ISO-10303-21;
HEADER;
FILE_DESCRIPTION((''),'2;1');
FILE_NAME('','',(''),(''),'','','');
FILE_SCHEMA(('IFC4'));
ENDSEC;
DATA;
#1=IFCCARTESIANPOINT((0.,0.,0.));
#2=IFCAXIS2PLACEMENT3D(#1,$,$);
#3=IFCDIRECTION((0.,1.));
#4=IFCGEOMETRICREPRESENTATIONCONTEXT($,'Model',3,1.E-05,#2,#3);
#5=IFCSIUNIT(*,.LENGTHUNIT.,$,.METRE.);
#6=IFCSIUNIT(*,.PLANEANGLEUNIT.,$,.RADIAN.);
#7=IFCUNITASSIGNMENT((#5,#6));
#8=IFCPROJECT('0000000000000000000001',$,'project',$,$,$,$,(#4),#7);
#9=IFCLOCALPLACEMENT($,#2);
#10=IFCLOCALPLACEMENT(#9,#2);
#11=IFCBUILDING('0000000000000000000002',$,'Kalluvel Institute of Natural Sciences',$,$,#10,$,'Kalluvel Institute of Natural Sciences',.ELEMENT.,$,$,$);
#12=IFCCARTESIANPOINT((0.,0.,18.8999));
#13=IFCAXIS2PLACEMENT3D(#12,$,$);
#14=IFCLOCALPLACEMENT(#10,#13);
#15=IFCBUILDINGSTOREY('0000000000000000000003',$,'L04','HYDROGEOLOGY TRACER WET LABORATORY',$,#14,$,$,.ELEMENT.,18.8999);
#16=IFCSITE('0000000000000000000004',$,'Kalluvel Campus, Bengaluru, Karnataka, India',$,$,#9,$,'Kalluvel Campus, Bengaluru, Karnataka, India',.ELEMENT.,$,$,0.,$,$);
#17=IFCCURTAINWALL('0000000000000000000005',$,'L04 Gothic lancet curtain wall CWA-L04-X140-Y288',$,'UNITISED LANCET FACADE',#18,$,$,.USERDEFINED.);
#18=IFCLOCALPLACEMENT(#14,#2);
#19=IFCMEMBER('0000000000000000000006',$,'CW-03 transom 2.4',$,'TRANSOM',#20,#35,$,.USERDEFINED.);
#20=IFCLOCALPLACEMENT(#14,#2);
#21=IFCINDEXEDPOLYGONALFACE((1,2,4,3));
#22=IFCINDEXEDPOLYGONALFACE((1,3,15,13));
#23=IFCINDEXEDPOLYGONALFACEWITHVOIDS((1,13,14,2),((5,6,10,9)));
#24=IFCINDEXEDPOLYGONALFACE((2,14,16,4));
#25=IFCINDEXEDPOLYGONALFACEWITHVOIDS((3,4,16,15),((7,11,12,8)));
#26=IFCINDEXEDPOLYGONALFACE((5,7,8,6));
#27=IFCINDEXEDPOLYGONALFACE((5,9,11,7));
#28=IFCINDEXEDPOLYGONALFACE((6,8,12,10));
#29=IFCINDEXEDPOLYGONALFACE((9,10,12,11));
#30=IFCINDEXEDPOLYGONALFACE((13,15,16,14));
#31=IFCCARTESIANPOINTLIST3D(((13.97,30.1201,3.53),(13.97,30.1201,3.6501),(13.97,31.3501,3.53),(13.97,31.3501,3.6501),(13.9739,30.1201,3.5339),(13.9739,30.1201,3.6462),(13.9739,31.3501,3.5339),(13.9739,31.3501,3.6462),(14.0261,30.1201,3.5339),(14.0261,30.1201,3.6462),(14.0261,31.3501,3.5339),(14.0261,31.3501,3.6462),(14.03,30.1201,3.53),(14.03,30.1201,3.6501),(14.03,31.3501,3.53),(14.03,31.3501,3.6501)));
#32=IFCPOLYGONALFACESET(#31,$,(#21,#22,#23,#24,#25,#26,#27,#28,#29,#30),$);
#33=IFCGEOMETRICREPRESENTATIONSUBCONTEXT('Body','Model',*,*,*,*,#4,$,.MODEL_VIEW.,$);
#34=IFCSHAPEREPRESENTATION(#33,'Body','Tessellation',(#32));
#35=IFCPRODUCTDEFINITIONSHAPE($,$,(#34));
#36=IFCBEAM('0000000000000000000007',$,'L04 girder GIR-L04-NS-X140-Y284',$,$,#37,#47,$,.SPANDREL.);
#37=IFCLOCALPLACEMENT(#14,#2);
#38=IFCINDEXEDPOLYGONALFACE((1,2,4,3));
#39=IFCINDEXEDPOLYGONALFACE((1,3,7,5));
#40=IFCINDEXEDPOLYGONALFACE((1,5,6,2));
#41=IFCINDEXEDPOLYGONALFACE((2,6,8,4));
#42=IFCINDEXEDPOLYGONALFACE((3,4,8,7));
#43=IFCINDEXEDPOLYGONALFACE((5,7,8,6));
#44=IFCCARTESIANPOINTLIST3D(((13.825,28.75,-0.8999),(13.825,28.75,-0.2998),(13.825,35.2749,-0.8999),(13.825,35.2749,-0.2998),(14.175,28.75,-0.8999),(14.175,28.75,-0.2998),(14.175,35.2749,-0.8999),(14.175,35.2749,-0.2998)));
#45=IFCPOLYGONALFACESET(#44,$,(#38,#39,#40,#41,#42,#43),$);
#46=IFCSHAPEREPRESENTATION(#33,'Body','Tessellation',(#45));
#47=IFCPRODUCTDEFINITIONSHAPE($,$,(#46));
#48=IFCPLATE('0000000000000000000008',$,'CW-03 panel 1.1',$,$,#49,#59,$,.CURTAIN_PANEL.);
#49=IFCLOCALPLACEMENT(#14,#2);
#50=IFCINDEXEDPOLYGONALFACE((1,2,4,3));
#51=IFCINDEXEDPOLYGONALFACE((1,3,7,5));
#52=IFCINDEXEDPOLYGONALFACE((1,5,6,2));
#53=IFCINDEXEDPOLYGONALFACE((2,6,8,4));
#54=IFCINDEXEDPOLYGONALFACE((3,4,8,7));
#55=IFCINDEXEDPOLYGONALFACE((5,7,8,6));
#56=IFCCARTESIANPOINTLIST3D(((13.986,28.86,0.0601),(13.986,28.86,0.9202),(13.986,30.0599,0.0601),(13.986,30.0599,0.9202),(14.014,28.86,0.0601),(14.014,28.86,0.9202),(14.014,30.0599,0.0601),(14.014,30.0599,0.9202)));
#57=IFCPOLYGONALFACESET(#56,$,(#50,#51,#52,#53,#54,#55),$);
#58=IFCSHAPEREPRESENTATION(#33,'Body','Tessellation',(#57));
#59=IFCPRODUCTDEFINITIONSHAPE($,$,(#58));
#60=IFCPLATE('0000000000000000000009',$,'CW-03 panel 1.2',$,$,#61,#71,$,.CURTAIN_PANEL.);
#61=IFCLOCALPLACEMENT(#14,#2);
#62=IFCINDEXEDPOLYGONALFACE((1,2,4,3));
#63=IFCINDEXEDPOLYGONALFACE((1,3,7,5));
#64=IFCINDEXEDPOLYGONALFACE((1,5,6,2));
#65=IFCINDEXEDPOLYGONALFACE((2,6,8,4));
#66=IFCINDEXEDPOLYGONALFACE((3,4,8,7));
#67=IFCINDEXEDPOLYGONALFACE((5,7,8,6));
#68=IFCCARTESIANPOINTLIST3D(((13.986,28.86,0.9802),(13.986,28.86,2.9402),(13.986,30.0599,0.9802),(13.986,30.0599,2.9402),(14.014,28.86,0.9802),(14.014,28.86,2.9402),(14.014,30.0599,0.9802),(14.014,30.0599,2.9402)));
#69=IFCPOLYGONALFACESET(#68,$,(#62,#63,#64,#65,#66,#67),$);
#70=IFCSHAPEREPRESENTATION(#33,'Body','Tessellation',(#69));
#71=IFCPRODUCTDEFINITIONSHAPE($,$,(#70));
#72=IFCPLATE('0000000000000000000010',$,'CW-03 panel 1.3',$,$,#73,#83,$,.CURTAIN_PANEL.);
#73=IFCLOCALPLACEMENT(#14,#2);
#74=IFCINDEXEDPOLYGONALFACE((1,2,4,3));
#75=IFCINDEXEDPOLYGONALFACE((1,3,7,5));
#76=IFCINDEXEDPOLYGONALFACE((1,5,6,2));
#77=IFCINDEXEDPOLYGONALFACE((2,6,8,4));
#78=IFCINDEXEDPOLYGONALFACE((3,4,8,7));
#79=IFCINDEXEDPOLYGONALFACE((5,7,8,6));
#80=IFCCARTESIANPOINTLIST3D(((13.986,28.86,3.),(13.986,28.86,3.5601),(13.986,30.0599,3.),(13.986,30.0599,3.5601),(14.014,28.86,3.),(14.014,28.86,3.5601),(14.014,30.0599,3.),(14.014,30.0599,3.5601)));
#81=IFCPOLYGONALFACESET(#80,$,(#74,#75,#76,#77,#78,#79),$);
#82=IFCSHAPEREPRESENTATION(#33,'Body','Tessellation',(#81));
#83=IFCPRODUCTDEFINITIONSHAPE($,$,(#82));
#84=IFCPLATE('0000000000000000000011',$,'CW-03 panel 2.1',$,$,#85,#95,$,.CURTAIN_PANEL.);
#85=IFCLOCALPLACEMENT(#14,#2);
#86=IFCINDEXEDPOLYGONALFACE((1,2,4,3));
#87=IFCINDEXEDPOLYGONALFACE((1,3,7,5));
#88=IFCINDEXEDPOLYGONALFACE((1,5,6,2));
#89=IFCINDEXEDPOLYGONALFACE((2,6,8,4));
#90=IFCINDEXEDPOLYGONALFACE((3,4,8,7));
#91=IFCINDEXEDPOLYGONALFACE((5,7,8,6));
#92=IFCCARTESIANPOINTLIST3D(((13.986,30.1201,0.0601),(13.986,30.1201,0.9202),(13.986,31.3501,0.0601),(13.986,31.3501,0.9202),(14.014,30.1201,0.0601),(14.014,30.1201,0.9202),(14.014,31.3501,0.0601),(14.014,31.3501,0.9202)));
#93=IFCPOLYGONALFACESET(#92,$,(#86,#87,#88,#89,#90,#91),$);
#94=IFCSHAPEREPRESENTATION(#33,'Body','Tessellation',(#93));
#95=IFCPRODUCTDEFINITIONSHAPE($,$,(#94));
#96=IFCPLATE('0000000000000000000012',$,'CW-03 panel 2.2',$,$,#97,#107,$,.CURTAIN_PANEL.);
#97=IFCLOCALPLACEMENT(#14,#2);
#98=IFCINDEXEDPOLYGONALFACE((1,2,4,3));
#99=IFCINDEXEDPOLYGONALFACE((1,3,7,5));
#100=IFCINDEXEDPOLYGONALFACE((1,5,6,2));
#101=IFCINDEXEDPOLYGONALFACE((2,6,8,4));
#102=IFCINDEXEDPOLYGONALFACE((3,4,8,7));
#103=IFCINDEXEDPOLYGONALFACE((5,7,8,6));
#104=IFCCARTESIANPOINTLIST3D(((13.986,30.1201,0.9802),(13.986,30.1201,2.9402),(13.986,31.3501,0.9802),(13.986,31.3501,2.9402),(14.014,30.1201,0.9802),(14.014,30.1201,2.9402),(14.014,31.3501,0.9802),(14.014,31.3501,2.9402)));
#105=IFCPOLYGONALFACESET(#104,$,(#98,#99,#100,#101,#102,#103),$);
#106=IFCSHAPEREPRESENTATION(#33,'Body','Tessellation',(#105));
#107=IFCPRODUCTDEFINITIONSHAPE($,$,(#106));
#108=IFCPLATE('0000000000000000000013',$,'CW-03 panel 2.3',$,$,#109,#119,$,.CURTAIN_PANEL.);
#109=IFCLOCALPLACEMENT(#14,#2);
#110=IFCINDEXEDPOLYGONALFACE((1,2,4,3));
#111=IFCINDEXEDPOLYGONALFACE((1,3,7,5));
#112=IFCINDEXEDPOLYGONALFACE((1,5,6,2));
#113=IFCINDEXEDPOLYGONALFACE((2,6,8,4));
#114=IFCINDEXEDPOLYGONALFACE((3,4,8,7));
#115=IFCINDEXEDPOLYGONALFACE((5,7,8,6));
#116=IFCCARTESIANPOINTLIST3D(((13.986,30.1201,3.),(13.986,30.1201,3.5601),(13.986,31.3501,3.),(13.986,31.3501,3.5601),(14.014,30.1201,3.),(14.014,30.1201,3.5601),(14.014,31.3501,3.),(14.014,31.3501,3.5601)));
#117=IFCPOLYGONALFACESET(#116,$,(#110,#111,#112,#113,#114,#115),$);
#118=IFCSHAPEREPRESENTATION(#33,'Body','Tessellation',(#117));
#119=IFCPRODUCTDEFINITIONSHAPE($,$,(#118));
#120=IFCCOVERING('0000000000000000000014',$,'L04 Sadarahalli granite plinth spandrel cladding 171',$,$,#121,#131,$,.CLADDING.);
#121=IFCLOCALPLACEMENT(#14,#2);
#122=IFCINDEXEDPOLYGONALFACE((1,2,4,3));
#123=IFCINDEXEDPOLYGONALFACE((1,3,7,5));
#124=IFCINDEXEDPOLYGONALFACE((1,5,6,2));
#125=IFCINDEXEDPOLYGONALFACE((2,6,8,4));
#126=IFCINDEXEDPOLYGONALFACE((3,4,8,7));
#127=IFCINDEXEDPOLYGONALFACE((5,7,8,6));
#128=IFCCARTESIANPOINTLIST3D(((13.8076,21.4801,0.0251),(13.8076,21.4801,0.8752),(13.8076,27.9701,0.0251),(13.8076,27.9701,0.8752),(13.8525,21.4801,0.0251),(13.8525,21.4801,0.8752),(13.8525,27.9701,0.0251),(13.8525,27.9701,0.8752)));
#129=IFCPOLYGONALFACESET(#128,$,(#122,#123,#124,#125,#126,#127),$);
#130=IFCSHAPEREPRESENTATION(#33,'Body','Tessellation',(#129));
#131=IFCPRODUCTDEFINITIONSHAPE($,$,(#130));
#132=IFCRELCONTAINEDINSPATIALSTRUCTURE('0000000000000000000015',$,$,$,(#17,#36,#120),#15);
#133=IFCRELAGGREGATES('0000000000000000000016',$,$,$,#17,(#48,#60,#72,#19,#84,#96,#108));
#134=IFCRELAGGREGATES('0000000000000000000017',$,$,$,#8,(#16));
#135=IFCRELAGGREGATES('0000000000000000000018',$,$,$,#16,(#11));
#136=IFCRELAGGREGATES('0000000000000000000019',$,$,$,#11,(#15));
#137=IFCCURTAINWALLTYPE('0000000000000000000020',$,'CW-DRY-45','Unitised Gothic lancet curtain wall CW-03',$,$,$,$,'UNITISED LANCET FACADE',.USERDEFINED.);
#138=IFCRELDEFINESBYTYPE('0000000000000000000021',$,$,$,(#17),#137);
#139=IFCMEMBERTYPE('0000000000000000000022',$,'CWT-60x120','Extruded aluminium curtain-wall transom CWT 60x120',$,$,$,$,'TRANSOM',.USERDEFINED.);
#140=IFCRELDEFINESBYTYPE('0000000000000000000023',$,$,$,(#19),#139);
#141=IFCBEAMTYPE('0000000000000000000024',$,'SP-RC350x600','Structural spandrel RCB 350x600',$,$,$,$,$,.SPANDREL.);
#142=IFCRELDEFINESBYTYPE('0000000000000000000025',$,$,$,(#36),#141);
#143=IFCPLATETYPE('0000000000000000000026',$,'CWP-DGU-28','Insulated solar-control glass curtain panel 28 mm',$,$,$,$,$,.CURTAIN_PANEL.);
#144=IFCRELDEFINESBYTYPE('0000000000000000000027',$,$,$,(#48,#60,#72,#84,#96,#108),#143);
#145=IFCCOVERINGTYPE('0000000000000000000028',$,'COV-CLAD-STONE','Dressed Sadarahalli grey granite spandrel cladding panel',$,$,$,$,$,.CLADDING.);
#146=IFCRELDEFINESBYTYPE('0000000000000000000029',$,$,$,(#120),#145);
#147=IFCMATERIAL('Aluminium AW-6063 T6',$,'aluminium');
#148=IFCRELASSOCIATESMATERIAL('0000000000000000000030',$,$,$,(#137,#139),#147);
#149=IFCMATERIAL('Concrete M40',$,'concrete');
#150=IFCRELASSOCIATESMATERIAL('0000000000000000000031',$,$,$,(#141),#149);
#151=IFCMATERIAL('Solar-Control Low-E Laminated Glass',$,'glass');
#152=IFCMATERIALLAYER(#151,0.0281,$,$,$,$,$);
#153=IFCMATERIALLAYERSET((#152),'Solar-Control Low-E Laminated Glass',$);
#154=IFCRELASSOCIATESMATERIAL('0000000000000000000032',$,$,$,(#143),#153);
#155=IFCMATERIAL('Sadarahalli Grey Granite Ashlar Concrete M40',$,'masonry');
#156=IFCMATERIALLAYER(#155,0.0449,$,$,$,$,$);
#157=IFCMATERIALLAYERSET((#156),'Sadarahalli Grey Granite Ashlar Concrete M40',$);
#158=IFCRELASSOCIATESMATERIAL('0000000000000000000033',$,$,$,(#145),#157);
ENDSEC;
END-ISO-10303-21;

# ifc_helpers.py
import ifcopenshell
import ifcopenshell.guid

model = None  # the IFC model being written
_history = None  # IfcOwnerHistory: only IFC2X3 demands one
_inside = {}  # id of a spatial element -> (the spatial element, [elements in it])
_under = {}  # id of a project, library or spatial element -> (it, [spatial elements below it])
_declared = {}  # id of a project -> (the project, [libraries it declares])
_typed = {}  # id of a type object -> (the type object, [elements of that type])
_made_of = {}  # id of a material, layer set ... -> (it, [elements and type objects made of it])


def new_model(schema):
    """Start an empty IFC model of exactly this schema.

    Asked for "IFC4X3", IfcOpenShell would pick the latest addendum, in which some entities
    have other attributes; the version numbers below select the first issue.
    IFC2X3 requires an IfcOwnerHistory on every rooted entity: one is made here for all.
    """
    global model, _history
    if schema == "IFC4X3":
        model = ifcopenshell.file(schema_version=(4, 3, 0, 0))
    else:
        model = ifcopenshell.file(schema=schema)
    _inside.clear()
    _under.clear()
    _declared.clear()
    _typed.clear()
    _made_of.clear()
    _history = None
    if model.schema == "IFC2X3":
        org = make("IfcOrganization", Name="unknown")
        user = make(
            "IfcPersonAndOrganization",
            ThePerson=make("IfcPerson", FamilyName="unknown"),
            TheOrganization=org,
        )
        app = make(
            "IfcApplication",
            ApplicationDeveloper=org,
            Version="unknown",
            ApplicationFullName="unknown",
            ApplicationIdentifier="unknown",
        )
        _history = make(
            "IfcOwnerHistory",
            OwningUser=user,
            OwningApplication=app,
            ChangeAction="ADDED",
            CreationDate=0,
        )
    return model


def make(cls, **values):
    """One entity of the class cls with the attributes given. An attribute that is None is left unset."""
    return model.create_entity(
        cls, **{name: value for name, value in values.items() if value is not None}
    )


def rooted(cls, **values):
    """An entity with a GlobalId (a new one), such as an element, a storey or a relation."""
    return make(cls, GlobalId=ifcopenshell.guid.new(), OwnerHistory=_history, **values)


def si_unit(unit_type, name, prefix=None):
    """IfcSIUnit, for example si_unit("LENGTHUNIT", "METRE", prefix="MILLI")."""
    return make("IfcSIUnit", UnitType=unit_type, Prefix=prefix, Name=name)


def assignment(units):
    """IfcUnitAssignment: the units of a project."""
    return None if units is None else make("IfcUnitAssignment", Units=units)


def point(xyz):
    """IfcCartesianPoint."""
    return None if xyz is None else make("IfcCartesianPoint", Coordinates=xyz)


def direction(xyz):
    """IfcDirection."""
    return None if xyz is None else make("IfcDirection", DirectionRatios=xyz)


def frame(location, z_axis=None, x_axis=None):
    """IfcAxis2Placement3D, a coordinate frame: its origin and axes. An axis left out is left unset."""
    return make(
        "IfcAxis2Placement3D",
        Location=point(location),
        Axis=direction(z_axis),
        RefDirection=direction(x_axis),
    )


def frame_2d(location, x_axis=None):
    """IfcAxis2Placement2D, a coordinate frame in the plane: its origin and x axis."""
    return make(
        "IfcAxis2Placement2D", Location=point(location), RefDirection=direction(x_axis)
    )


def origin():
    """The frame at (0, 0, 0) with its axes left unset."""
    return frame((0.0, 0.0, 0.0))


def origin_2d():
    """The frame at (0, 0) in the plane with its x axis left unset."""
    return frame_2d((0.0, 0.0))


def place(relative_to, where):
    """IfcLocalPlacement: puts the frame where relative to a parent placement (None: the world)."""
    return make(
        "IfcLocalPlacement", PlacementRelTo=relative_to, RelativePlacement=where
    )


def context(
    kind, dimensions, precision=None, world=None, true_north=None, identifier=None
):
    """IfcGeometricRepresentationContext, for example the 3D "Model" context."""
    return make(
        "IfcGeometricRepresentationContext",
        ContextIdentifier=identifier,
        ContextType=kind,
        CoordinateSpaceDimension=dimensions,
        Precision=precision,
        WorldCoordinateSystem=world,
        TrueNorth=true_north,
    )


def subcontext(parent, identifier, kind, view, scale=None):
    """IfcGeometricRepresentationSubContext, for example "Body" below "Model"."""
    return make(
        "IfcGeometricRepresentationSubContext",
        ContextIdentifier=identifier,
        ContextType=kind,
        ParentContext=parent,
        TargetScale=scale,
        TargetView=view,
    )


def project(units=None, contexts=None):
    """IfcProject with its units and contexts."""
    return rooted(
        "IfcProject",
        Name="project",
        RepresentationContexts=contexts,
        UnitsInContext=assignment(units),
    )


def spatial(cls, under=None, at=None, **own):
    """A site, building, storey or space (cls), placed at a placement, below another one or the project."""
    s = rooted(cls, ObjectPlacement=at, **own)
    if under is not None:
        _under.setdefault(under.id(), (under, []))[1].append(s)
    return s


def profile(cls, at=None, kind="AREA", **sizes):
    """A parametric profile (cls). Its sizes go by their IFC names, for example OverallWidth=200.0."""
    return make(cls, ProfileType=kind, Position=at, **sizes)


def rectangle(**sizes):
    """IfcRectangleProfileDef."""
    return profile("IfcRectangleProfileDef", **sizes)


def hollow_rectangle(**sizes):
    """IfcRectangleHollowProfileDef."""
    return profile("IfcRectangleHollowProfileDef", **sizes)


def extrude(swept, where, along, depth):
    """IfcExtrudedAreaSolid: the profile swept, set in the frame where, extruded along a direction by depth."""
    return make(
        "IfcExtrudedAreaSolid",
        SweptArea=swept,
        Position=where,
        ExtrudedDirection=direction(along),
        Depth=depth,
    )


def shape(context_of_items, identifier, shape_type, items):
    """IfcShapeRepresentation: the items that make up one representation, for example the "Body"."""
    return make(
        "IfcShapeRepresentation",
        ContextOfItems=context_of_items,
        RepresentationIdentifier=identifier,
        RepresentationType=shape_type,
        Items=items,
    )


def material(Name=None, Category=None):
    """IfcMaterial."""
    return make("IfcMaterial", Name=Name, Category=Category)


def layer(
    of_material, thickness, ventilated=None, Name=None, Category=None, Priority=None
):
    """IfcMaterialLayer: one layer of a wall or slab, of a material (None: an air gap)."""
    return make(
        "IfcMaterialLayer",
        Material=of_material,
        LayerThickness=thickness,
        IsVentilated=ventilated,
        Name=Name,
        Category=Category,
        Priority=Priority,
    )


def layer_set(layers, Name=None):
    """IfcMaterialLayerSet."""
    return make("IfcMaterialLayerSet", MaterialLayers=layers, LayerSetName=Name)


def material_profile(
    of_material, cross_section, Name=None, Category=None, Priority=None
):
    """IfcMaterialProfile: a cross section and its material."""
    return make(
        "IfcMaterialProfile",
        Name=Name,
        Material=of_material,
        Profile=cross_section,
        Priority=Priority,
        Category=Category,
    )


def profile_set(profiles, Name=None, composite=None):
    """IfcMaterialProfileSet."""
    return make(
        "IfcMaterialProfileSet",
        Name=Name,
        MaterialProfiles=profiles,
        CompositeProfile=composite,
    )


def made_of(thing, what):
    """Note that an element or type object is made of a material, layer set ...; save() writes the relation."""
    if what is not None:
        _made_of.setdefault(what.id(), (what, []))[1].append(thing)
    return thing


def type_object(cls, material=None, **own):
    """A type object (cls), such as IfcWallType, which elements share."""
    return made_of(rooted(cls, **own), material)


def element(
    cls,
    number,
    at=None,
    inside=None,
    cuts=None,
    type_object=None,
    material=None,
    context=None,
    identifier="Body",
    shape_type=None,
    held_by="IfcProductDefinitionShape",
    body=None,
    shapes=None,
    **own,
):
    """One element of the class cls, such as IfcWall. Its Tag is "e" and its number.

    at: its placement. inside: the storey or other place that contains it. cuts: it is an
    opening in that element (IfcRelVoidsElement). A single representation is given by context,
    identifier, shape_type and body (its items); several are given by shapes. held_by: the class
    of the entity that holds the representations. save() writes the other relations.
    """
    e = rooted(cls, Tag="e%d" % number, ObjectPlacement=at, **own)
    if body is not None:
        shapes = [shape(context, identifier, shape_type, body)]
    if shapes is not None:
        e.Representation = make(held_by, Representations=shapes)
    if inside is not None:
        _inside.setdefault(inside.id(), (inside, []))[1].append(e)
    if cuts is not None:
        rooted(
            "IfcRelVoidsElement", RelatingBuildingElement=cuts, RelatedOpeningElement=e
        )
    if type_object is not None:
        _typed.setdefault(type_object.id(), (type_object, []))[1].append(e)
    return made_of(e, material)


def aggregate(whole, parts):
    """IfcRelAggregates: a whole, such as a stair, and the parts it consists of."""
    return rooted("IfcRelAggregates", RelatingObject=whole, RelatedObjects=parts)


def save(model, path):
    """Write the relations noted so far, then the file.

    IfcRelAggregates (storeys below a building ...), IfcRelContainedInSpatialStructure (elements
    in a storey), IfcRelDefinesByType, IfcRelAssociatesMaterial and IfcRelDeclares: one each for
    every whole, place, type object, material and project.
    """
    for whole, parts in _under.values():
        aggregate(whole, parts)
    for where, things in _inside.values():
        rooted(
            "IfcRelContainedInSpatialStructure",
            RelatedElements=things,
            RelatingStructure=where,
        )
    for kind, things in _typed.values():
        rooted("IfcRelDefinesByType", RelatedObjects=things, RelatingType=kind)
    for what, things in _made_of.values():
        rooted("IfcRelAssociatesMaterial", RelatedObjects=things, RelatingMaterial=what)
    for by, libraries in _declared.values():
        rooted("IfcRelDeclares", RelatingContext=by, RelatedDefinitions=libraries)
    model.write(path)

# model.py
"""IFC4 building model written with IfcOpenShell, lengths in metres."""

from ifc_helpers import new_model, si_unit, direction, frame, origin, origin_2d, place, context, subcontext, project, spatial, rectangle, hollow_rectangle, extrude, material, layer, layer_set, material_profile, profile_set, type_object, element, aggregate, save


model = new_model("IFC4")

# Units and contexts
model_context = context("Model", 3, precision=1e-05, world=origin(), true_north=direction((0.0, 1.0)))
body_context = subcontext(model_context, "Body", "Model", "MODEL_VIEW")
ifc_project = project(units=[si_unit("LENGTHUNIT", "METRE"), si_unit("PLANEANGLEUNIT", "RADIAN")], contexts=[model_context])

# Site, building, storey
site_placement = place(None, origin())
site = spatial("IfcSite", under=ifc_project, at=site_placement, Name="Kalluvel Campus, Bengaluru, Karnataka, India", LongName="Kalluvel Campus, Bengaluru, Karnataka, India", CompositionType="ELEMENT", RefElevation=0.0)
building_placement = place(site_placement, origin())
building = spatial("IfcBuilding", under=site, at=building_placement, Name="Kalluvel Institute of Natural Sciences", LongName="Kalluvel Institute of Natural Sciences", CompositionType="ELEMENT")
storey_placement = place(building_placement, frame((0.0, 0.0, 18.8999)))
storey = spatial("IfcBuildingStorey", under=building, at=storey_placement, Name="L04", Description="HYDROGEOLOGY TRACER WET LABORATORY", CompositionType="ELEMENT", Elevation=18.8999)

# Shared definitions
ifc_material_1 = material(Name="Concrete M40", Category="concrete")

# Curtain wall, member
ifc_material_2 = material(Name="Aluminium AW-6063 T6", Category="aluminium")
curtain_wall_type = type_object("IfcCurtainWallType", Name="CW-DRY-45", Description="Unitised Gothic lancet curtain wall CW-03", ElementType="UNITISED LANCET FACADE", PredefinedType="USERDEFINED", material=ifc_material_2)
curtain_wall_placement = place(storey_placement, origin())
curtain_wall = element("IfcCurtainWall", 1, at=curtain_wall_placement, inside=storey, type_object=curtain_wall_type, Name="L04 Gothic lancet curtain wall CWA-L04-X140-Y288", ObjectType="UNITISED LANCET FACADE", PredefinedType="USERDEFINED")
ifc_material_profile_1 = material_profile(ifc_material_2, hollow_rectangle(XDim=0.0601, YDim=0.1201, WallThickness=0.0039, at=origin_2d()), Name="CWT 60x120")
ifc_profile_set_1 = profile_set([ifc_material_profile_1], Name="Aluminium AW-6063 T6")
member_type_1 = type_object("IfcMemberType", Name="CWT-60x120", Description="Extruded aluminium curtain-wall transom CWT 60x120", ElementType="TRANSOM", PredefinedType="USERDEFINED", material=ifc_profile_set_1)
member_1_placement = place(storey_placement, frame((14.0, 30.1201, 3.5901), z_axis=(0.0, 1.0, 0.0), x_axis=(-1.0, 0.0, 0.0)))
member_1 = element("IfcMember", 2, at=member_1_placement, type_object=member_type_1, Name="CW-03 transom 2.4", ObjectType="TRANSOM", PredefinedType="USERDEFINED", context=body_context, shape_type="SweptSolid", body=[
    extrude(hollow_rectangle(XDim=0.0601, YDim=0.1201, WallThickness=0.0039, at=origin_2d()), origin(), (0.0, 0.0, 1.0), 1.23),
])

# Beam
ifc_material_profile_2 = material_profile(ifc_material_1, rectangle(XDim=0.3501, YDim=0.6001, at=origin_2d()), Name="RCB 350x600")
ifc_profile_set_2 = profile_set([ifc_material_profile_2], Name="Concrete M40")
beam_type = type_object("IfcBeamType", Name="SP-RC350x600", Description="Structural spandrel RCB 350x600", PredefinedType="SPANDREL", material=ifc_profile_set_2)
beam_placement = place(storey_placement, frame((14.0, 28.75, -0.5999), z_axis=(0.0, 1.0, 0.0), x_axis=(-1.0, 0.0, 0.0)))
element("IfcBeam", 3, at=beam_placement, inside=storey, type_object=beam_type, Name="L04 girder GIR-L04-NS-X140-Y284", PredefinedType="SPANDREL", context=body_context, shape_type="SweptSolid", body=[
    extrude(rectangle(XDim=0.3501, YDim=0.6001, at=origin_2d()), origin(), (0.0, 0.0, 1.0), 6.5249),
])

# Plates
ifc_material_3 = material(Name="Solar-Control Low-E Laminated Glass", Category="glass")
ifc_layer_1 = layer(ifc_material_3, 0.0281)
ifc_layer_set_1 = layer_set([ifc_layer_1], Name="Solar-Control Low-E Laminated Glass")
plate_type = type_object("IfcPlateType", Name="CWP-DGU-28", Description="Insulated solar-control glass curtain panel 28 mm", PredefinedType="CURTAIN_PANEL", material=ifc_layer_set_1)
plate_1_placement = place(storey_placement, frame((14.0, 29.46, 0.0601), z_axis=(0.0, 0.0, 1.0), x_axis=(0.0, 1.0, 0.0)))
plate_1 = element("IfcPlate", 4, at=plate_1_placement, type_object=plate_type, Name="CW-03 panel 1.1", PredefinedType="CURTAIN_PANEL", context=body_context, shape_type="SweptSolid", body=[
    extrude(rectangle(XDim=1.2, YDim=0.0281, at=origin_2d()), origin(), (0.0, 0.0, 1.0), 0.8601),
])
plate_2_placement = place(storey_placement, frame((14.0, 29.46, 0.9802), z_axis=(0.0, 0.0, 1.0), x_axis=(0.0, 1.0, 0.0)))
plate_2 = element("IfcPlate", 5, at=plate_2_placement, type_object=plate_type, Name="CW-03 panel 1.2", PredefinedType="CURTAIN_PANEL", context=body_context, shape_type="SweptSolid", body=[
    extrude(rectangle(XDim=1.2, YDim=0.0281, at=origin_2d()), origin(), (0.0, 0.0, 1.0), 1.96),
])
plate_3_placement = place(storey_placement, frame((14.0, 29.46, 3.0), z_axis=(0.0, 0.0, 1.0), x_axis=(0.0, 1.0, 0.0)))
plate_3 = element("IfcPlate", 6, at=plate_3_placement, type_object=plate_type, Name="CW-03 panel 1.3", PredefinedType="CURTAIN_PANEL", context=body_context, shape_type="SweptSolid", body=[
    extrude(rectangle(XDim=1.2, YDim=0.0281, at=origin_2d()), origin(), (0.0, 0.0, 1.0), 0.5601),
])
plate_4_placement = place(storey_placement, frame((14.0, 30.7351, 0.0601), z_axis=(0.0, 0.0, 1.0), x_axis=(0.0, 1.0, 0.0)))
plate_4 = element("IfcPlate", 7, at=plate_4_placement, type_object=plate_type, Name="CW-03 panel 2.1", PredefinedType="CURTAIN_PANEL", context=body_context, shape_type="SweptSolid", body=[
    extrude(rectangle(XDim=1.23, YDim=0.0281, at=origin_2d()), origin(), (0.0, 0.0, 1.0), 0.8601),
])
plate_5_placement = place(storey_placement, frame((14.0, 30.7351, 0.9802), z_axis=(0.0, 0.0, 1.0), x_axis=(0.0, 1.0, 0.0)))
plate_5 = element("IfcPlate", 8, at=plate_5_placement, type_object=plate_type, Name="CW-03 panel 2.2", PredefinedType="CURTAIN_PANEL", context=body_context, shape_type="SweptSolid", body=[
    extrude(rectangle(XDim=1.23, YDim=0.0281, at=origin_2d()), origin(), (0.0, 0.0, 1.0), 1.96),
])
plate_6_placement = place(storey_placement, frame((14.0, 30.7351, 3.0), z_axis=(0.0, 0.0, 1.0), x_axis=(0.0, 1.0, 0.0)))
plate_6 = element("IfcPlate", 9, at=plate_6_placement, type_object=plate_type, Name="CW-03 panel 2.3", PredefinedType="CURTAIN_PANEL", context=body_context, shape_type="SweptSolid", body=[
    extrude(rectangle(XDim=1.23, YDim=0.0281, at=origin_2d()), origin(), (0.0, 0.0, 1.0), 0.5601),
])
aggregate(curtain_wall, [plate_1, plate_2, plate_3, member_1, plate_4, plate_5, plate_6])

# Covering
ifc_material_4 = material(Name="Sadarahalli Grey Granite Ashlar Concrete M40", Category="masonry")
ifc_layer_2 = layer(ifc_material_4, 0.0449)
ifc_layer_set_2 = layer_set([ifc_layer_2], Name="Sadarahalli Grey Granite Ashlar Concrete M40")
covering_type = type_object("IfcCoveringType", Name="COV-CLAD-STONE", Description="Dressed Sadarahalli grey granite spandrel cladding panel", PredefinedType="CLADDING", material=ifc_layer_set_2)
covering_placement = place(storey_placement, frame((13.8301, 24.7251, 0.0251), z_axis=(0.0, 0.0, 1.0), x_axis=(0.0, 1.0, 0.0)))
element("IfcCovering", 10, at=covering_placement, inside=storey, type_object=covering_type, Name="L04 Sadarahalli granite plinth spandrel cladding 171", PredefinedType="CLADDING", context=body_context, shape_type="SweptSolid", body=[
    extrude(rectangle(XDim=6.49, YDim=0.0449, at=origin_2d()), origin(), (0.0, 0.0, 1.0), 0.8501),
])

save(model, "model.ifc")
